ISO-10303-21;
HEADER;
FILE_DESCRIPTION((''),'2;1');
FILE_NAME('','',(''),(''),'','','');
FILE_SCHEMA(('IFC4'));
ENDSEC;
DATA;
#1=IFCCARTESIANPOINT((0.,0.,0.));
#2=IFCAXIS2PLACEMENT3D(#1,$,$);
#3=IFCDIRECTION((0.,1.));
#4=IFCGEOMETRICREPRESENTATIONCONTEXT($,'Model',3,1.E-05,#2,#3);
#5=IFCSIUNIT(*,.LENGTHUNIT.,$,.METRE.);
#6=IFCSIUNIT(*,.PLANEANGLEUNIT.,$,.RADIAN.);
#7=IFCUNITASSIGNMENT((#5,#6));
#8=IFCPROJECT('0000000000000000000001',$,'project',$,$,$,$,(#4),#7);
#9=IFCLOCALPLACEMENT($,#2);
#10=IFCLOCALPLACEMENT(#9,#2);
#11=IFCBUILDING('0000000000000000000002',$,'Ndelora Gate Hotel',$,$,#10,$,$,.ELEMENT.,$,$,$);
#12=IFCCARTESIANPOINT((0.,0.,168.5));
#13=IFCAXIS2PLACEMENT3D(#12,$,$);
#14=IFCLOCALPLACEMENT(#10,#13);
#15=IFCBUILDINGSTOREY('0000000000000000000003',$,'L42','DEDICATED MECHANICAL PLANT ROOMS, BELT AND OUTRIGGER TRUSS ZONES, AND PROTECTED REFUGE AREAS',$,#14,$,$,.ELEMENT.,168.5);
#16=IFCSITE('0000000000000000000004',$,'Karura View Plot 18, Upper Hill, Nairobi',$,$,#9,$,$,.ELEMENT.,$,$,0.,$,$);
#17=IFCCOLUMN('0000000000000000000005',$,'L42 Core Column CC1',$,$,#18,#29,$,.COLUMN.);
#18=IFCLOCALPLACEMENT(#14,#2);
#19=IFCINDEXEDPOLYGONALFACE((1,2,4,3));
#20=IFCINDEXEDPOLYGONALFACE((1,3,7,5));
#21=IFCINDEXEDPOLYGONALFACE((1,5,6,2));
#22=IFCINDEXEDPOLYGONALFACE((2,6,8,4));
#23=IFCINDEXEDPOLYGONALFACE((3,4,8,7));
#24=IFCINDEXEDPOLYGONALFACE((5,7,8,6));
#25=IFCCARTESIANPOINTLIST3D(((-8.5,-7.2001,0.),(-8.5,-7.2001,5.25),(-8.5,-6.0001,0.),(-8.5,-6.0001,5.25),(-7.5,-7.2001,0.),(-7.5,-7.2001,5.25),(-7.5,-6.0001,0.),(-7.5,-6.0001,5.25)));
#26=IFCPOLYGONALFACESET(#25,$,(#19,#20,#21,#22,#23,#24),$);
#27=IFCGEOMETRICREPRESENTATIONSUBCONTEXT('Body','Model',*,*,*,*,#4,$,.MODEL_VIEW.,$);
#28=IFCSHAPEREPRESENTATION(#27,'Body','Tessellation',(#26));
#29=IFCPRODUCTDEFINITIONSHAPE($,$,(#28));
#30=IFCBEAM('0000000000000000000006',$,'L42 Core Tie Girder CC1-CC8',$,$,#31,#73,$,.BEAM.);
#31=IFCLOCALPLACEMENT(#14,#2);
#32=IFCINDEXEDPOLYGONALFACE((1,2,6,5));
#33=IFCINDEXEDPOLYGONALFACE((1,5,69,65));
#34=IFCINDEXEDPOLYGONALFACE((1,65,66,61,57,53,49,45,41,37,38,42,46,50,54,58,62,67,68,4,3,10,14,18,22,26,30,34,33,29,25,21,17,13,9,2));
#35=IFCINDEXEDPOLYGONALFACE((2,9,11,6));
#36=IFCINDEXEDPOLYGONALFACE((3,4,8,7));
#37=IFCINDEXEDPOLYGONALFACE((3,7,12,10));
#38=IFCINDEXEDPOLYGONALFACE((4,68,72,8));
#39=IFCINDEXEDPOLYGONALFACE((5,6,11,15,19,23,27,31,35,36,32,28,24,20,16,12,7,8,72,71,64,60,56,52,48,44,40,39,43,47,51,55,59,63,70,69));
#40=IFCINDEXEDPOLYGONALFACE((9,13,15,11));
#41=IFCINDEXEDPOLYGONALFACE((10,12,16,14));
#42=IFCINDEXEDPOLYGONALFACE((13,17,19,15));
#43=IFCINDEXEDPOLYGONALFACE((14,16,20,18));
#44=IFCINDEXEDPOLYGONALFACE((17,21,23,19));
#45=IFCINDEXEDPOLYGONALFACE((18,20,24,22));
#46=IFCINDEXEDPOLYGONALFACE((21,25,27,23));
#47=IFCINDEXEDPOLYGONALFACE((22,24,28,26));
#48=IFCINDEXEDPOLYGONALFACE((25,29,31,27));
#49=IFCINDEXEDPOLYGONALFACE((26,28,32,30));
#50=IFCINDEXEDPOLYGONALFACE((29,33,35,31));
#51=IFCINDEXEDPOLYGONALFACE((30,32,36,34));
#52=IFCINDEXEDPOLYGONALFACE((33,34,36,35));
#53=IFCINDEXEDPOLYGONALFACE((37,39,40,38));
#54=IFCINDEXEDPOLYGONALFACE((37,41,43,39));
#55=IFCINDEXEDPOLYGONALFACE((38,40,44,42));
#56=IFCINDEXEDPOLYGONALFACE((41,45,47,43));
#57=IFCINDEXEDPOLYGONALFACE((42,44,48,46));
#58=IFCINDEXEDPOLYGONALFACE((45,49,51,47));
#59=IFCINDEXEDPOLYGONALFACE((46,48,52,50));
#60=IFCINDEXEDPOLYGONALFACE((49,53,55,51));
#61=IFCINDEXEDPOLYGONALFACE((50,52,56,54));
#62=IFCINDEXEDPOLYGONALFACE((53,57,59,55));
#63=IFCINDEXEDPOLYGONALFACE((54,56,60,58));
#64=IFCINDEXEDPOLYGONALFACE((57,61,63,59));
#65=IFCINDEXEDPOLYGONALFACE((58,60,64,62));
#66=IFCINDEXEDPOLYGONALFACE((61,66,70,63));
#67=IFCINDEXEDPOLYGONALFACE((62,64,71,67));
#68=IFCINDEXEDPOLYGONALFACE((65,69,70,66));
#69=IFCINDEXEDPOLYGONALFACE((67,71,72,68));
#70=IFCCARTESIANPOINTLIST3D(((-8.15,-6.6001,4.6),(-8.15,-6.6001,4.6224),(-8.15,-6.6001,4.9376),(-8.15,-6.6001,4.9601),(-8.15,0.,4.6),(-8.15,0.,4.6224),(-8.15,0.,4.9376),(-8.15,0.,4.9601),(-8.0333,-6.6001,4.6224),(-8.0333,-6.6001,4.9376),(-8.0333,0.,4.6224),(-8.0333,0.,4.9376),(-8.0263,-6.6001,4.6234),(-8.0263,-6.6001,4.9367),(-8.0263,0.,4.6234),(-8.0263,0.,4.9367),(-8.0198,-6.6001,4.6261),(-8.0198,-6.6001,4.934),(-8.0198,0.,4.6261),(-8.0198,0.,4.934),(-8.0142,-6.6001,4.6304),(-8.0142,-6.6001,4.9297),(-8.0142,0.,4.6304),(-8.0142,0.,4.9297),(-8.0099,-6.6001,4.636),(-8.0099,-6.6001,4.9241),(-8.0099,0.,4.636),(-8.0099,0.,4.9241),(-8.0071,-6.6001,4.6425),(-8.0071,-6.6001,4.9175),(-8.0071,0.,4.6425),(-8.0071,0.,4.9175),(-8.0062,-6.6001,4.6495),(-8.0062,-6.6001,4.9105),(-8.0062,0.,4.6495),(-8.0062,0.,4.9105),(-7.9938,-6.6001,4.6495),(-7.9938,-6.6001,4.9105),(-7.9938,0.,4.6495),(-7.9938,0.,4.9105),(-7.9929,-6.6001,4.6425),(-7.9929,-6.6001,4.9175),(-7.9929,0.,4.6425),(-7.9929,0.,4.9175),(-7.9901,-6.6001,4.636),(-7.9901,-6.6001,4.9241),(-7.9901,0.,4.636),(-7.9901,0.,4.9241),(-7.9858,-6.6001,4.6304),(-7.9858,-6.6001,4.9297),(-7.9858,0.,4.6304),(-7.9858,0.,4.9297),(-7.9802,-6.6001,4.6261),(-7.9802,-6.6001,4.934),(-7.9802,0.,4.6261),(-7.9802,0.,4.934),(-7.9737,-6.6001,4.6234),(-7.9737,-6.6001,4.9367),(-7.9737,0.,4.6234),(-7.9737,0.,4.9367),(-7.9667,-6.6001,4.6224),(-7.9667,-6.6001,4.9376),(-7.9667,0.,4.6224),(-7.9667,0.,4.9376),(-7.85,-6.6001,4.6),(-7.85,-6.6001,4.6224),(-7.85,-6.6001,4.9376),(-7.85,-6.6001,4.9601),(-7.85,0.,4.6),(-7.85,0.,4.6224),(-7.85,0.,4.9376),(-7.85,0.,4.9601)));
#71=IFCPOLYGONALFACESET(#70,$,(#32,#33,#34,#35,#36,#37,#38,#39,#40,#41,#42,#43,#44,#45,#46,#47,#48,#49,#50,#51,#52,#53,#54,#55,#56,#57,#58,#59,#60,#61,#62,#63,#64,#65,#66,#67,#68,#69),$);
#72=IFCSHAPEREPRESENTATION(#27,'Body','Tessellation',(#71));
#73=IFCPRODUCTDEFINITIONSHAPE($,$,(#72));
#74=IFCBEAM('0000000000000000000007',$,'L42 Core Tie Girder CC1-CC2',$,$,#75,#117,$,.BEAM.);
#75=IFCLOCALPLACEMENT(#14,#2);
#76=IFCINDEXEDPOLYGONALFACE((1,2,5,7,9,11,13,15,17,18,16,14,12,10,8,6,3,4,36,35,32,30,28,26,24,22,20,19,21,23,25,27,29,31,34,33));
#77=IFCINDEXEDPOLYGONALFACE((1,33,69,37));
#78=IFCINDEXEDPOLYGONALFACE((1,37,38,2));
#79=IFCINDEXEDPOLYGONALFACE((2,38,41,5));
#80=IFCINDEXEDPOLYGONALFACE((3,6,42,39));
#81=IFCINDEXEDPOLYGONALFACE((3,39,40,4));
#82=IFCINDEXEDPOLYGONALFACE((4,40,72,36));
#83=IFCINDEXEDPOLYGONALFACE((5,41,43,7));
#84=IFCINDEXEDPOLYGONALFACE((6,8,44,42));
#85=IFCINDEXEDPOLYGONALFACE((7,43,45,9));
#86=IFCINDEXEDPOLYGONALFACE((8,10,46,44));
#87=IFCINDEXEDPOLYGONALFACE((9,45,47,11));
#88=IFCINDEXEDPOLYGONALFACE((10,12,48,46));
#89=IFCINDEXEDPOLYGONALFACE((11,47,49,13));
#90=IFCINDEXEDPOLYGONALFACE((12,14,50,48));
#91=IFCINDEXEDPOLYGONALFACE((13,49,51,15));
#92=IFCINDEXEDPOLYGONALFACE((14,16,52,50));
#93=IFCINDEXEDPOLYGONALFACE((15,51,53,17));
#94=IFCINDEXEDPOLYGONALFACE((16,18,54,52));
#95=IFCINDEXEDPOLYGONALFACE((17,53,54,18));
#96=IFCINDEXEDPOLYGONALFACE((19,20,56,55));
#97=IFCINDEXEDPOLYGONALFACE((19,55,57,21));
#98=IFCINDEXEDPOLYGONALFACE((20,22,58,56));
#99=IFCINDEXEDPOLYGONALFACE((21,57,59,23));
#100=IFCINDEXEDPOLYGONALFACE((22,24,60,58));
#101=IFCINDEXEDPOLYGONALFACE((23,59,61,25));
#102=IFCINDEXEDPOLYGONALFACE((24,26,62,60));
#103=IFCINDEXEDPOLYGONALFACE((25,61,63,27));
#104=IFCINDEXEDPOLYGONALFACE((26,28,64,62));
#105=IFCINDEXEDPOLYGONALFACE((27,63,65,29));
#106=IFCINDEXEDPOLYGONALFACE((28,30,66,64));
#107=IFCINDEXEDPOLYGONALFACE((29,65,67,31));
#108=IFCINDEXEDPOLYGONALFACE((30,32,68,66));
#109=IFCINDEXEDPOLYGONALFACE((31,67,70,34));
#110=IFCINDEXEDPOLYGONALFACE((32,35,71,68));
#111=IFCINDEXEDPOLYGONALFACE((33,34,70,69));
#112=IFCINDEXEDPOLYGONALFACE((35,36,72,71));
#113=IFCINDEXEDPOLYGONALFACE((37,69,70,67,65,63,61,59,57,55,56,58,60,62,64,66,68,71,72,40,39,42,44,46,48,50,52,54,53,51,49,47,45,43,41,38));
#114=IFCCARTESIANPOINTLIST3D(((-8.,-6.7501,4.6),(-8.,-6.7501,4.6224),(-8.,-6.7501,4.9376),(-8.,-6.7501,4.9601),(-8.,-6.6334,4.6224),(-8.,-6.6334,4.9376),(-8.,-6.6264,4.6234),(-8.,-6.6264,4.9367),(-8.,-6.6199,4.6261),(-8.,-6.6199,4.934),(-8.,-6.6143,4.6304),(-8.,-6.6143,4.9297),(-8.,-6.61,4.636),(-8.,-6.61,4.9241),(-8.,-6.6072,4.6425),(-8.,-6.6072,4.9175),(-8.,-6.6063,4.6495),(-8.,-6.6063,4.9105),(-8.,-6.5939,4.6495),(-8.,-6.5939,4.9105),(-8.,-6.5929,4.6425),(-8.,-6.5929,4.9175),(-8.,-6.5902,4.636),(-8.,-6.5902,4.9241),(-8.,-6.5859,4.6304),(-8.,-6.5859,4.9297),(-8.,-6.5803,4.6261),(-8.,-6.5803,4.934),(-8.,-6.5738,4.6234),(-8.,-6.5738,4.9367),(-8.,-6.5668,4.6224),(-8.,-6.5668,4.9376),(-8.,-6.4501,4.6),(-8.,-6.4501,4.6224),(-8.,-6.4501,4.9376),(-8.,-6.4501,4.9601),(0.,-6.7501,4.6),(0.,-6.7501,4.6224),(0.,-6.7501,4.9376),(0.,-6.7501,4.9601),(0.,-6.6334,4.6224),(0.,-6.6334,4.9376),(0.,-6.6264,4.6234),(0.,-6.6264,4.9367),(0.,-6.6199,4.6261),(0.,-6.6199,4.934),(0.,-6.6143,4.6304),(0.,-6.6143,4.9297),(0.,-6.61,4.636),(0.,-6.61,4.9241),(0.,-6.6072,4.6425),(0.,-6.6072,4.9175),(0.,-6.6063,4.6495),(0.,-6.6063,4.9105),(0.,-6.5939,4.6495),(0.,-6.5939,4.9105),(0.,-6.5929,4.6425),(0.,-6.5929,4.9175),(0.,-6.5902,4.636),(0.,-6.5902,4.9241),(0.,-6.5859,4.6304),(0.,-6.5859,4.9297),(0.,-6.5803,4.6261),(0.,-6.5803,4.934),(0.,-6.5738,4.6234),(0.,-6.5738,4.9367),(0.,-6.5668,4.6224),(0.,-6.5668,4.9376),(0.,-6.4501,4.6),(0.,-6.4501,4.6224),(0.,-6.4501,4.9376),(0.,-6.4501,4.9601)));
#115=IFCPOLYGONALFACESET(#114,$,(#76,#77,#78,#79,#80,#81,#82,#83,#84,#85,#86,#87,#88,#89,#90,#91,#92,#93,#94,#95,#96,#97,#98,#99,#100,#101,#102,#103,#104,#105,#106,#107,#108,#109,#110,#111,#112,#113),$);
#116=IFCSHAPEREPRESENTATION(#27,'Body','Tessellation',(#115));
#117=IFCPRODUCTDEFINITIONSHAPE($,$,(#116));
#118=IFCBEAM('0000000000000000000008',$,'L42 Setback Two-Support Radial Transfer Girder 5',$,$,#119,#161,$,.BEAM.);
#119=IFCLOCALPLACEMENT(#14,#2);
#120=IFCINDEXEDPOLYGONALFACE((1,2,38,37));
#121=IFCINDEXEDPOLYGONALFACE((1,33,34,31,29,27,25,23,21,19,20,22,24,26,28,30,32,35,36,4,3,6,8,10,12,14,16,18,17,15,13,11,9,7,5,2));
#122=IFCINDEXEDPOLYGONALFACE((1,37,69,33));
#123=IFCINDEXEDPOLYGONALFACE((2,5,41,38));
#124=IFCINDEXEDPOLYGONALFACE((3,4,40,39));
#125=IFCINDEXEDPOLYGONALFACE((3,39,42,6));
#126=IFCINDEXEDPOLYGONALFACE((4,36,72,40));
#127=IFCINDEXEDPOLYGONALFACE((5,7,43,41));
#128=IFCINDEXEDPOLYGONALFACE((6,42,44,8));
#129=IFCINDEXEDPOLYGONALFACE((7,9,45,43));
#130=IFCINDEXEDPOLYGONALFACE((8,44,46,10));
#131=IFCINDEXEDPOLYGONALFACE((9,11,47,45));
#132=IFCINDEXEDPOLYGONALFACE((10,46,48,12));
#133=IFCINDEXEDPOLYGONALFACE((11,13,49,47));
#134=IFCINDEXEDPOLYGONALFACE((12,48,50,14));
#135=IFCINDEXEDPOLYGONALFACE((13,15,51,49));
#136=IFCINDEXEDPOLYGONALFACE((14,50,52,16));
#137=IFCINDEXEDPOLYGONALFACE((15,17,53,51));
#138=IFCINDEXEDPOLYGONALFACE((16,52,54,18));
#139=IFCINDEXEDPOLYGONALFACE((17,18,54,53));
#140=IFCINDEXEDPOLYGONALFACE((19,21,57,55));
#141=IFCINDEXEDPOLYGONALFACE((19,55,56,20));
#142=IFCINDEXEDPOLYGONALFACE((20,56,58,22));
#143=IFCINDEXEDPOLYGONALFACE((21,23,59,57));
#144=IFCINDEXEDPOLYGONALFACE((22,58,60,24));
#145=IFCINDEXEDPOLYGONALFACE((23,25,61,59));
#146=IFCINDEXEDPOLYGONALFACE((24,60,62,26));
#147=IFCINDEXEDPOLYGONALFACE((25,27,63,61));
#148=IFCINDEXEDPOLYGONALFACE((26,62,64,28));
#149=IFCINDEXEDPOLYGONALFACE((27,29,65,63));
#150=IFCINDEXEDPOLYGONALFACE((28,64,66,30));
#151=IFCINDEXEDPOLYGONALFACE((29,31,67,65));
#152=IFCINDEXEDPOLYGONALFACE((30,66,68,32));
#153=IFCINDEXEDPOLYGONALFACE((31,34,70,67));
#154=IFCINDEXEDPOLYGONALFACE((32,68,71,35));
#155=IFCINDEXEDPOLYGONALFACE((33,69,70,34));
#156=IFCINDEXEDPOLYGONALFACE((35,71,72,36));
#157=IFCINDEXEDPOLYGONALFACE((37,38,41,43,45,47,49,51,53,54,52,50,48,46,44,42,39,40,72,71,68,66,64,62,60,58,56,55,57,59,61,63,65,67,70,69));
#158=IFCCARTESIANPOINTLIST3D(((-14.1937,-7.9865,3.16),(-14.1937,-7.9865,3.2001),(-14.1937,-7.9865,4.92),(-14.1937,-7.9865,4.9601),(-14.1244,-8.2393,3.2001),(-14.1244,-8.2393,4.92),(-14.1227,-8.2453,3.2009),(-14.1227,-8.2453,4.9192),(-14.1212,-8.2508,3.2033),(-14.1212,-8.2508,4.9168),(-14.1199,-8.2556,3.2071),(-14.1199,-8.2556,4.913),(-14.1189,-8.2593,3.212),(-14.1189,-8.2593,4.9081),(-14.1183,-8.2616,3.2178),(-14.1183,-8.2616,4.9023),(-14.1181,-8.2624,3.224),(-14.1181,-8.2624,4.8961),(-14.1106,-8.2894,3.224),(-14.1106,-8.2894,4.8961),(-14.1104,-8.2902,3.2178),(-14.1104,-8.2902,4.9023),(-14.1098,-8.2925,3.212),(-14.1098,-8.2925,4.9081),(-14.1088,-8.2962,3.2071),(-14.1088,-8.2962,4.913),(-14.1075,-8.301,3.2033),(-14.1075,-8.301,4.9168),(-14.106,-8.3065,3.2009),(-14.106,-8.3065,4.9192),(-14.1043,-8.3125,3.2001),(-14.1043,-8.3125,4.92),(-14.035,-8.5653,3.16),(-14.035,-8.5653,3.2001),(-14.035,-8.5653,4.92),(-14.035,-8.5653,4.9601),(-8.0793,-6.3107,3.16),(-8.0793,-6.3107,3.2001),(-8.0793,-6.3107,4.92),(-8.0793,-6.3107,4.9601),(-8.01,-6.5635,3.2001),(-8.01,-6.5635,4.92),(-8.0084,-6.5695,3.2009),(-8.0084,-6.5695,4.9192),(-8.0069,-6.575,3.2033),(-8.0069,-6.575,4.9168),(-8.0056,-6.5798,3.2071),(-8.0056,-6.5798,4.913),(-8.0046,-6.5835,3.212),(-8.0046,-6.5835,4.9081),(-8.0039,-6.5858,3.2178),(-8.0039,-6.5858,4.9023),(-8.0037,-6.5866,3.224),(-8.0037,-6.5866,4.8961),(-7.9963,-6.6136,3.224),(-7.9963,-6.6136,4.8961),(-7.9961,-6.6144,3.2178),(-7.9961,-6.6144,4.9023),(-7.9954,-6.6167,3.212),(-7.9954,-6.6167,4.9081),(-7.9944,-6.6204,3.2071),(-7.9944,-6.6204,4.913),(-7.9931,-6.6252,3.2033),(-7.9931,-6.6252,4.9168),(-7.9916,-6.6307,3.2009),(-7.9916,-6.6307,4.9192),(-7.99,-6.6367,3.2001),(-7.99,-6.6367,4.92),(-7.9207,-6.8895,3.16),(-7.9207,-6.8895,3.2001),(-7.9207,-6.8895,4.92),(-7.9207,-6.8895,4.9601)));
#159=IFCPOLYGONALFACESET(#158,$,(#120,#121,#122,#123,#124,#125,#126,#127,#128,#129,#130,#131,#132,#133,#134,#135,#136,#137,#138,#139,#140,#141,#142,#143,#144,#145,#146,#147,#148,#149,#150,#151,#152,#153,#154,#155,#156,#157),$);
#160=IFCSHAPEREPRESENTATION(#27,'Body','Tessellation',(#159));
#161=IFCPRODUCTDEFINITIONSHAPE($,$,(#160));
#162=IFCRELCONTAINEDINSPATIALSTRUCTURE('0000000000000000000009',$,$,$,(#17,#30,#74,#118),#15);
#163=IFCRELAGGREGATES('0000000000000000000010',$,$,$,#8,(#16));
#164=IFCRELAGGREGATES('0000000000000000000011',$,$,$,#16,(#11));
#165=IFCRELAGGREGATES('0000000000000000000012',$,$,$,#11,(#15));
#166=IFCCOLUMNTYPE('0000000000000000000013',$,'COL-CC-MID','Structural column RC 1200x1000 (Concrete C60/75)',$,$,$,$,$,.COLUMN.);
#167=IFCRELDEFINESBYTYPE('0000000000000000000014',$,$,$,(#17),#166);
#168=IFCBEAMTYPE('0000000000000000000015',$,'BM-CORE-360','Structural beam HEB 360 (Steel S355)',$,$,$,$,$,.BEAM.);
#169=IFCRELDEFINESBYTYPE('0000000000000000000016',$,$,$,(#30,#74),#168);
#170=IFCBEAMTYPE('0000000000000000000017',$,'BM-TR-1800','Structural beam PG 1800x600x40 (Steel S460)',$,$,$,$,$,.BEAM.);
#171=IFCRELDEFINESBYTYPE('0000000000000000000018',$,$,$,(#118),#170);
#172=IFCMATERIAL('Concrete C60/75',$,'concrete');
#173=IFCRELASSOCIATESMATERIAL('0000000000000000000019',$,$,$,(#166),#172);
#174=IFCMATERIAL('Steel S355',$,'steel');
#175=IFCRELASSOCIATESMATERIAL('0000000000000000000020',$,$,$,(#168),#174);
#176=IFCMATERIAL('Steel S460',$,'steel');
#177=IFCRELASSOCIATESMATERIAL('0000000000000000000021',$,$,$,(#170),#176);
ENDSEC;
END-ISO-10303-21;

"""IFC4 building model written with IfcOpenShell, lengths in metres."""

from ifc_helpers import new_model, si_unit, direction, frame, origin, origin_2d, place, context, subcontext, project, spatial, rectangle, i_section, extrude, material, material_profile, profile_set, type_object, element, save


model = new_model("IFC4")

# Units and contexts
model_context = context("Model", 3, precision=1e-05, world=origin(), true_north=direction((0.0, 1.0)))
body_context = subcontext(model_context, "Body", "Model", "MODEL_VIEW")
ifc_project = project(units=[si_unit("LENGTHUNIT", "METRE"), si_unit("PLANEANGLEUNIT", "RADIAN")], contexts=[model_context])

# Site, building, storey
site_placement = place(None, origin())
site = spatial("IfcSite", under=ifc_project, at=site_placement, Name="Karura View Plot 18, Upper Hill, Nairobi", CompositionType="ELEMENT", RefElevation=0.0)
building_placement = place(site_placement, origin())
building = spatial("IfcBuilding", under=site, at=building_placement, Name="Ndelora Gate Hotel", CompositionType="ELEMENT")
storey_placement = place(building_placement, frame((0.0, 0.0, 168.5)))
storey = spatial("IfcBuildingStorey", under=building, at=storey_placement, Name="L42", Description="DEDICATED MECHANICAL PLANT ROOMS, BELT AND OUTRIGGER TRUSS ZONES, AND PROTECTED REFUGE AREAS", CompositionType="ELEMENT", Elevation=168.5)

# Column
ifc_material_1 = material(Name="Concrete C60/75", Category="concrete")
ifc_material_profile_1 = material_profile(ifc_material_1, rectangle(XDim=1.0, YDim=1.2, at=origin_2d()), Name="RC 1200x1000")
ifc_profile_set_1 = profile_set([ifc_material_profile_1], Name="Concrete C60/75")
column_type = type_object("IfcColumnType", Name="COL-CC-MID", Description="Structural column RC 1200x1000 (Concrete C60/75)", PredefinedType="COLUMN", material=ifc_profile_set_1)
column_placement = place(storey_placement, frame((-8.0, -6.6001, 0.0), z_axis=(0.0, 0.0, 1.0), x_axis=(1.0, 0.0, 0.0)))
element("IfcColumn", 1, at=column_placement, inside=storey, type_object=column_type, Name="L42 Core Column CC1", PredefinedType="COLUMN", context=body_context, shape_type="SweptSolid", body=[
    extrude(rectangle(XDim=1.0, YDim=1.2, at=origin_2d()), origin(), (0.0, 0.0, 1.0), 5.25),
])

# Beams
ifc_material_2 = material(Name="Steel S355", Category="steel")
ifc_material_profile_2 = material_profile(ifc_material_2, i_section(OverallWidth=0.3, OverallDepth=0.3601, WebThickness=0.0125, FlangeThickness=0.0225, FilletRadius=0.0271, at=origin_2d()), Name="HEB 360")
ifc_profile_set_2 = profile_set([ifc_material_profile_2], Name="Steel S355")
beam_type_1 = type_object("IfcBeamType", Name="BM-CORE-360", Description="Structural beam HEB 360 (Steel S355)", PredefinedType="BEAM", material=ifc_profile_set_2)
beam_1_placement = place(storey_placement, frame((-8.0, -6.6001, 4.78), z_axis=(0.0, 1.0, 0.0), x_axis=(-1.0, 0.0, 0.0)))
element("IfcBeam", 2, at=beam_1_placement, inside=storey, type_object=beam_type_1, Name="L42 Core Tie Girder CC1-CC8", PredefinedType="BEAM", context=body_context, shape_type="SweptSolid", body=[
    extrude(i_section(OverallWidth=0.3, OverallDepth=0.3601, WebThickness=0.0125, FlangeThickness=0.0225, FilletRadius=0.0271, at=origin_2d()), origin(), (0.0, 0.0, 1.0), 6.6001),
])
beam_2_placement = place(storey_placement, frame((-8.0, -6.6001, 4.78), z_axis=(1.0, 0.0, 0.0), x_axis=(0.0, 1.0, 0.0)))
element("IfcBeam", 3, at=beam_2_placement, inside=storey, type_object=beam_type_1, Name="L42 Core Tie Girder CC1-CC2", PredefinedType="BEAM", context=body_context, shape_type="SweptSolid", body=[
    extrude(i_section(OverallWidth=0.3, OverallDepth=0.3601, WebThickness=0.0125, FlangeThickness=0.0225, FilletRadius=0.0271, at=origin_2d()), origin(), (0.0, 0.0, 1.0), 8.0),
])
ifc_material_3 = material(Name="Steel S460", Category="steel")
ifc_material_profile_3 = material_profile(ifc_material_3, i_section(OverallWidth=0.6001, OverallDepth=1.8, WebThickness=0.0281, FlangeThickness=0.04, FilletRadius=0.0239, at=origin_2d()), Name="PG 1800x600x40")
ifc_profile_set_3 = profile_set([ifc_material_profile_3], Name="Steel S460")
beam_type_2 = type_object("IfcBeamType", Name="BM-TR-1800", Description="Structural beam PG 1800x600x40 (Steel S460)", PredefinedType="BEAM", material=ifc_profile_set_3)
beam_3_placement = place(storey_placement, frame((-8.0, -6.6001, 4.0601), z_axis=(-0.964432, -0.264329, 0.0), x_axis=(0.264329, -0.964432, 0.0)))
element("IfcBeam", 4, at=beam_3_placement, inside=storey, type_object=beam_type_2, Name="L42 Setback Two-Support Radial Transfer Girder 5", PredefinedType="BEAM", context=body_context, shape_type="SweptSolid", body=[
    extrude(i_section(OverallWidth=0.6001, OverallDepth=1.8, WebThickness=0.0281, FlangeThickness=0.04, FilletRadius=0.0239, at=origin_2d()), origin(), (0.0, 0.0, 1.0), 6.3398),
])

save(model, "model.ifc")
